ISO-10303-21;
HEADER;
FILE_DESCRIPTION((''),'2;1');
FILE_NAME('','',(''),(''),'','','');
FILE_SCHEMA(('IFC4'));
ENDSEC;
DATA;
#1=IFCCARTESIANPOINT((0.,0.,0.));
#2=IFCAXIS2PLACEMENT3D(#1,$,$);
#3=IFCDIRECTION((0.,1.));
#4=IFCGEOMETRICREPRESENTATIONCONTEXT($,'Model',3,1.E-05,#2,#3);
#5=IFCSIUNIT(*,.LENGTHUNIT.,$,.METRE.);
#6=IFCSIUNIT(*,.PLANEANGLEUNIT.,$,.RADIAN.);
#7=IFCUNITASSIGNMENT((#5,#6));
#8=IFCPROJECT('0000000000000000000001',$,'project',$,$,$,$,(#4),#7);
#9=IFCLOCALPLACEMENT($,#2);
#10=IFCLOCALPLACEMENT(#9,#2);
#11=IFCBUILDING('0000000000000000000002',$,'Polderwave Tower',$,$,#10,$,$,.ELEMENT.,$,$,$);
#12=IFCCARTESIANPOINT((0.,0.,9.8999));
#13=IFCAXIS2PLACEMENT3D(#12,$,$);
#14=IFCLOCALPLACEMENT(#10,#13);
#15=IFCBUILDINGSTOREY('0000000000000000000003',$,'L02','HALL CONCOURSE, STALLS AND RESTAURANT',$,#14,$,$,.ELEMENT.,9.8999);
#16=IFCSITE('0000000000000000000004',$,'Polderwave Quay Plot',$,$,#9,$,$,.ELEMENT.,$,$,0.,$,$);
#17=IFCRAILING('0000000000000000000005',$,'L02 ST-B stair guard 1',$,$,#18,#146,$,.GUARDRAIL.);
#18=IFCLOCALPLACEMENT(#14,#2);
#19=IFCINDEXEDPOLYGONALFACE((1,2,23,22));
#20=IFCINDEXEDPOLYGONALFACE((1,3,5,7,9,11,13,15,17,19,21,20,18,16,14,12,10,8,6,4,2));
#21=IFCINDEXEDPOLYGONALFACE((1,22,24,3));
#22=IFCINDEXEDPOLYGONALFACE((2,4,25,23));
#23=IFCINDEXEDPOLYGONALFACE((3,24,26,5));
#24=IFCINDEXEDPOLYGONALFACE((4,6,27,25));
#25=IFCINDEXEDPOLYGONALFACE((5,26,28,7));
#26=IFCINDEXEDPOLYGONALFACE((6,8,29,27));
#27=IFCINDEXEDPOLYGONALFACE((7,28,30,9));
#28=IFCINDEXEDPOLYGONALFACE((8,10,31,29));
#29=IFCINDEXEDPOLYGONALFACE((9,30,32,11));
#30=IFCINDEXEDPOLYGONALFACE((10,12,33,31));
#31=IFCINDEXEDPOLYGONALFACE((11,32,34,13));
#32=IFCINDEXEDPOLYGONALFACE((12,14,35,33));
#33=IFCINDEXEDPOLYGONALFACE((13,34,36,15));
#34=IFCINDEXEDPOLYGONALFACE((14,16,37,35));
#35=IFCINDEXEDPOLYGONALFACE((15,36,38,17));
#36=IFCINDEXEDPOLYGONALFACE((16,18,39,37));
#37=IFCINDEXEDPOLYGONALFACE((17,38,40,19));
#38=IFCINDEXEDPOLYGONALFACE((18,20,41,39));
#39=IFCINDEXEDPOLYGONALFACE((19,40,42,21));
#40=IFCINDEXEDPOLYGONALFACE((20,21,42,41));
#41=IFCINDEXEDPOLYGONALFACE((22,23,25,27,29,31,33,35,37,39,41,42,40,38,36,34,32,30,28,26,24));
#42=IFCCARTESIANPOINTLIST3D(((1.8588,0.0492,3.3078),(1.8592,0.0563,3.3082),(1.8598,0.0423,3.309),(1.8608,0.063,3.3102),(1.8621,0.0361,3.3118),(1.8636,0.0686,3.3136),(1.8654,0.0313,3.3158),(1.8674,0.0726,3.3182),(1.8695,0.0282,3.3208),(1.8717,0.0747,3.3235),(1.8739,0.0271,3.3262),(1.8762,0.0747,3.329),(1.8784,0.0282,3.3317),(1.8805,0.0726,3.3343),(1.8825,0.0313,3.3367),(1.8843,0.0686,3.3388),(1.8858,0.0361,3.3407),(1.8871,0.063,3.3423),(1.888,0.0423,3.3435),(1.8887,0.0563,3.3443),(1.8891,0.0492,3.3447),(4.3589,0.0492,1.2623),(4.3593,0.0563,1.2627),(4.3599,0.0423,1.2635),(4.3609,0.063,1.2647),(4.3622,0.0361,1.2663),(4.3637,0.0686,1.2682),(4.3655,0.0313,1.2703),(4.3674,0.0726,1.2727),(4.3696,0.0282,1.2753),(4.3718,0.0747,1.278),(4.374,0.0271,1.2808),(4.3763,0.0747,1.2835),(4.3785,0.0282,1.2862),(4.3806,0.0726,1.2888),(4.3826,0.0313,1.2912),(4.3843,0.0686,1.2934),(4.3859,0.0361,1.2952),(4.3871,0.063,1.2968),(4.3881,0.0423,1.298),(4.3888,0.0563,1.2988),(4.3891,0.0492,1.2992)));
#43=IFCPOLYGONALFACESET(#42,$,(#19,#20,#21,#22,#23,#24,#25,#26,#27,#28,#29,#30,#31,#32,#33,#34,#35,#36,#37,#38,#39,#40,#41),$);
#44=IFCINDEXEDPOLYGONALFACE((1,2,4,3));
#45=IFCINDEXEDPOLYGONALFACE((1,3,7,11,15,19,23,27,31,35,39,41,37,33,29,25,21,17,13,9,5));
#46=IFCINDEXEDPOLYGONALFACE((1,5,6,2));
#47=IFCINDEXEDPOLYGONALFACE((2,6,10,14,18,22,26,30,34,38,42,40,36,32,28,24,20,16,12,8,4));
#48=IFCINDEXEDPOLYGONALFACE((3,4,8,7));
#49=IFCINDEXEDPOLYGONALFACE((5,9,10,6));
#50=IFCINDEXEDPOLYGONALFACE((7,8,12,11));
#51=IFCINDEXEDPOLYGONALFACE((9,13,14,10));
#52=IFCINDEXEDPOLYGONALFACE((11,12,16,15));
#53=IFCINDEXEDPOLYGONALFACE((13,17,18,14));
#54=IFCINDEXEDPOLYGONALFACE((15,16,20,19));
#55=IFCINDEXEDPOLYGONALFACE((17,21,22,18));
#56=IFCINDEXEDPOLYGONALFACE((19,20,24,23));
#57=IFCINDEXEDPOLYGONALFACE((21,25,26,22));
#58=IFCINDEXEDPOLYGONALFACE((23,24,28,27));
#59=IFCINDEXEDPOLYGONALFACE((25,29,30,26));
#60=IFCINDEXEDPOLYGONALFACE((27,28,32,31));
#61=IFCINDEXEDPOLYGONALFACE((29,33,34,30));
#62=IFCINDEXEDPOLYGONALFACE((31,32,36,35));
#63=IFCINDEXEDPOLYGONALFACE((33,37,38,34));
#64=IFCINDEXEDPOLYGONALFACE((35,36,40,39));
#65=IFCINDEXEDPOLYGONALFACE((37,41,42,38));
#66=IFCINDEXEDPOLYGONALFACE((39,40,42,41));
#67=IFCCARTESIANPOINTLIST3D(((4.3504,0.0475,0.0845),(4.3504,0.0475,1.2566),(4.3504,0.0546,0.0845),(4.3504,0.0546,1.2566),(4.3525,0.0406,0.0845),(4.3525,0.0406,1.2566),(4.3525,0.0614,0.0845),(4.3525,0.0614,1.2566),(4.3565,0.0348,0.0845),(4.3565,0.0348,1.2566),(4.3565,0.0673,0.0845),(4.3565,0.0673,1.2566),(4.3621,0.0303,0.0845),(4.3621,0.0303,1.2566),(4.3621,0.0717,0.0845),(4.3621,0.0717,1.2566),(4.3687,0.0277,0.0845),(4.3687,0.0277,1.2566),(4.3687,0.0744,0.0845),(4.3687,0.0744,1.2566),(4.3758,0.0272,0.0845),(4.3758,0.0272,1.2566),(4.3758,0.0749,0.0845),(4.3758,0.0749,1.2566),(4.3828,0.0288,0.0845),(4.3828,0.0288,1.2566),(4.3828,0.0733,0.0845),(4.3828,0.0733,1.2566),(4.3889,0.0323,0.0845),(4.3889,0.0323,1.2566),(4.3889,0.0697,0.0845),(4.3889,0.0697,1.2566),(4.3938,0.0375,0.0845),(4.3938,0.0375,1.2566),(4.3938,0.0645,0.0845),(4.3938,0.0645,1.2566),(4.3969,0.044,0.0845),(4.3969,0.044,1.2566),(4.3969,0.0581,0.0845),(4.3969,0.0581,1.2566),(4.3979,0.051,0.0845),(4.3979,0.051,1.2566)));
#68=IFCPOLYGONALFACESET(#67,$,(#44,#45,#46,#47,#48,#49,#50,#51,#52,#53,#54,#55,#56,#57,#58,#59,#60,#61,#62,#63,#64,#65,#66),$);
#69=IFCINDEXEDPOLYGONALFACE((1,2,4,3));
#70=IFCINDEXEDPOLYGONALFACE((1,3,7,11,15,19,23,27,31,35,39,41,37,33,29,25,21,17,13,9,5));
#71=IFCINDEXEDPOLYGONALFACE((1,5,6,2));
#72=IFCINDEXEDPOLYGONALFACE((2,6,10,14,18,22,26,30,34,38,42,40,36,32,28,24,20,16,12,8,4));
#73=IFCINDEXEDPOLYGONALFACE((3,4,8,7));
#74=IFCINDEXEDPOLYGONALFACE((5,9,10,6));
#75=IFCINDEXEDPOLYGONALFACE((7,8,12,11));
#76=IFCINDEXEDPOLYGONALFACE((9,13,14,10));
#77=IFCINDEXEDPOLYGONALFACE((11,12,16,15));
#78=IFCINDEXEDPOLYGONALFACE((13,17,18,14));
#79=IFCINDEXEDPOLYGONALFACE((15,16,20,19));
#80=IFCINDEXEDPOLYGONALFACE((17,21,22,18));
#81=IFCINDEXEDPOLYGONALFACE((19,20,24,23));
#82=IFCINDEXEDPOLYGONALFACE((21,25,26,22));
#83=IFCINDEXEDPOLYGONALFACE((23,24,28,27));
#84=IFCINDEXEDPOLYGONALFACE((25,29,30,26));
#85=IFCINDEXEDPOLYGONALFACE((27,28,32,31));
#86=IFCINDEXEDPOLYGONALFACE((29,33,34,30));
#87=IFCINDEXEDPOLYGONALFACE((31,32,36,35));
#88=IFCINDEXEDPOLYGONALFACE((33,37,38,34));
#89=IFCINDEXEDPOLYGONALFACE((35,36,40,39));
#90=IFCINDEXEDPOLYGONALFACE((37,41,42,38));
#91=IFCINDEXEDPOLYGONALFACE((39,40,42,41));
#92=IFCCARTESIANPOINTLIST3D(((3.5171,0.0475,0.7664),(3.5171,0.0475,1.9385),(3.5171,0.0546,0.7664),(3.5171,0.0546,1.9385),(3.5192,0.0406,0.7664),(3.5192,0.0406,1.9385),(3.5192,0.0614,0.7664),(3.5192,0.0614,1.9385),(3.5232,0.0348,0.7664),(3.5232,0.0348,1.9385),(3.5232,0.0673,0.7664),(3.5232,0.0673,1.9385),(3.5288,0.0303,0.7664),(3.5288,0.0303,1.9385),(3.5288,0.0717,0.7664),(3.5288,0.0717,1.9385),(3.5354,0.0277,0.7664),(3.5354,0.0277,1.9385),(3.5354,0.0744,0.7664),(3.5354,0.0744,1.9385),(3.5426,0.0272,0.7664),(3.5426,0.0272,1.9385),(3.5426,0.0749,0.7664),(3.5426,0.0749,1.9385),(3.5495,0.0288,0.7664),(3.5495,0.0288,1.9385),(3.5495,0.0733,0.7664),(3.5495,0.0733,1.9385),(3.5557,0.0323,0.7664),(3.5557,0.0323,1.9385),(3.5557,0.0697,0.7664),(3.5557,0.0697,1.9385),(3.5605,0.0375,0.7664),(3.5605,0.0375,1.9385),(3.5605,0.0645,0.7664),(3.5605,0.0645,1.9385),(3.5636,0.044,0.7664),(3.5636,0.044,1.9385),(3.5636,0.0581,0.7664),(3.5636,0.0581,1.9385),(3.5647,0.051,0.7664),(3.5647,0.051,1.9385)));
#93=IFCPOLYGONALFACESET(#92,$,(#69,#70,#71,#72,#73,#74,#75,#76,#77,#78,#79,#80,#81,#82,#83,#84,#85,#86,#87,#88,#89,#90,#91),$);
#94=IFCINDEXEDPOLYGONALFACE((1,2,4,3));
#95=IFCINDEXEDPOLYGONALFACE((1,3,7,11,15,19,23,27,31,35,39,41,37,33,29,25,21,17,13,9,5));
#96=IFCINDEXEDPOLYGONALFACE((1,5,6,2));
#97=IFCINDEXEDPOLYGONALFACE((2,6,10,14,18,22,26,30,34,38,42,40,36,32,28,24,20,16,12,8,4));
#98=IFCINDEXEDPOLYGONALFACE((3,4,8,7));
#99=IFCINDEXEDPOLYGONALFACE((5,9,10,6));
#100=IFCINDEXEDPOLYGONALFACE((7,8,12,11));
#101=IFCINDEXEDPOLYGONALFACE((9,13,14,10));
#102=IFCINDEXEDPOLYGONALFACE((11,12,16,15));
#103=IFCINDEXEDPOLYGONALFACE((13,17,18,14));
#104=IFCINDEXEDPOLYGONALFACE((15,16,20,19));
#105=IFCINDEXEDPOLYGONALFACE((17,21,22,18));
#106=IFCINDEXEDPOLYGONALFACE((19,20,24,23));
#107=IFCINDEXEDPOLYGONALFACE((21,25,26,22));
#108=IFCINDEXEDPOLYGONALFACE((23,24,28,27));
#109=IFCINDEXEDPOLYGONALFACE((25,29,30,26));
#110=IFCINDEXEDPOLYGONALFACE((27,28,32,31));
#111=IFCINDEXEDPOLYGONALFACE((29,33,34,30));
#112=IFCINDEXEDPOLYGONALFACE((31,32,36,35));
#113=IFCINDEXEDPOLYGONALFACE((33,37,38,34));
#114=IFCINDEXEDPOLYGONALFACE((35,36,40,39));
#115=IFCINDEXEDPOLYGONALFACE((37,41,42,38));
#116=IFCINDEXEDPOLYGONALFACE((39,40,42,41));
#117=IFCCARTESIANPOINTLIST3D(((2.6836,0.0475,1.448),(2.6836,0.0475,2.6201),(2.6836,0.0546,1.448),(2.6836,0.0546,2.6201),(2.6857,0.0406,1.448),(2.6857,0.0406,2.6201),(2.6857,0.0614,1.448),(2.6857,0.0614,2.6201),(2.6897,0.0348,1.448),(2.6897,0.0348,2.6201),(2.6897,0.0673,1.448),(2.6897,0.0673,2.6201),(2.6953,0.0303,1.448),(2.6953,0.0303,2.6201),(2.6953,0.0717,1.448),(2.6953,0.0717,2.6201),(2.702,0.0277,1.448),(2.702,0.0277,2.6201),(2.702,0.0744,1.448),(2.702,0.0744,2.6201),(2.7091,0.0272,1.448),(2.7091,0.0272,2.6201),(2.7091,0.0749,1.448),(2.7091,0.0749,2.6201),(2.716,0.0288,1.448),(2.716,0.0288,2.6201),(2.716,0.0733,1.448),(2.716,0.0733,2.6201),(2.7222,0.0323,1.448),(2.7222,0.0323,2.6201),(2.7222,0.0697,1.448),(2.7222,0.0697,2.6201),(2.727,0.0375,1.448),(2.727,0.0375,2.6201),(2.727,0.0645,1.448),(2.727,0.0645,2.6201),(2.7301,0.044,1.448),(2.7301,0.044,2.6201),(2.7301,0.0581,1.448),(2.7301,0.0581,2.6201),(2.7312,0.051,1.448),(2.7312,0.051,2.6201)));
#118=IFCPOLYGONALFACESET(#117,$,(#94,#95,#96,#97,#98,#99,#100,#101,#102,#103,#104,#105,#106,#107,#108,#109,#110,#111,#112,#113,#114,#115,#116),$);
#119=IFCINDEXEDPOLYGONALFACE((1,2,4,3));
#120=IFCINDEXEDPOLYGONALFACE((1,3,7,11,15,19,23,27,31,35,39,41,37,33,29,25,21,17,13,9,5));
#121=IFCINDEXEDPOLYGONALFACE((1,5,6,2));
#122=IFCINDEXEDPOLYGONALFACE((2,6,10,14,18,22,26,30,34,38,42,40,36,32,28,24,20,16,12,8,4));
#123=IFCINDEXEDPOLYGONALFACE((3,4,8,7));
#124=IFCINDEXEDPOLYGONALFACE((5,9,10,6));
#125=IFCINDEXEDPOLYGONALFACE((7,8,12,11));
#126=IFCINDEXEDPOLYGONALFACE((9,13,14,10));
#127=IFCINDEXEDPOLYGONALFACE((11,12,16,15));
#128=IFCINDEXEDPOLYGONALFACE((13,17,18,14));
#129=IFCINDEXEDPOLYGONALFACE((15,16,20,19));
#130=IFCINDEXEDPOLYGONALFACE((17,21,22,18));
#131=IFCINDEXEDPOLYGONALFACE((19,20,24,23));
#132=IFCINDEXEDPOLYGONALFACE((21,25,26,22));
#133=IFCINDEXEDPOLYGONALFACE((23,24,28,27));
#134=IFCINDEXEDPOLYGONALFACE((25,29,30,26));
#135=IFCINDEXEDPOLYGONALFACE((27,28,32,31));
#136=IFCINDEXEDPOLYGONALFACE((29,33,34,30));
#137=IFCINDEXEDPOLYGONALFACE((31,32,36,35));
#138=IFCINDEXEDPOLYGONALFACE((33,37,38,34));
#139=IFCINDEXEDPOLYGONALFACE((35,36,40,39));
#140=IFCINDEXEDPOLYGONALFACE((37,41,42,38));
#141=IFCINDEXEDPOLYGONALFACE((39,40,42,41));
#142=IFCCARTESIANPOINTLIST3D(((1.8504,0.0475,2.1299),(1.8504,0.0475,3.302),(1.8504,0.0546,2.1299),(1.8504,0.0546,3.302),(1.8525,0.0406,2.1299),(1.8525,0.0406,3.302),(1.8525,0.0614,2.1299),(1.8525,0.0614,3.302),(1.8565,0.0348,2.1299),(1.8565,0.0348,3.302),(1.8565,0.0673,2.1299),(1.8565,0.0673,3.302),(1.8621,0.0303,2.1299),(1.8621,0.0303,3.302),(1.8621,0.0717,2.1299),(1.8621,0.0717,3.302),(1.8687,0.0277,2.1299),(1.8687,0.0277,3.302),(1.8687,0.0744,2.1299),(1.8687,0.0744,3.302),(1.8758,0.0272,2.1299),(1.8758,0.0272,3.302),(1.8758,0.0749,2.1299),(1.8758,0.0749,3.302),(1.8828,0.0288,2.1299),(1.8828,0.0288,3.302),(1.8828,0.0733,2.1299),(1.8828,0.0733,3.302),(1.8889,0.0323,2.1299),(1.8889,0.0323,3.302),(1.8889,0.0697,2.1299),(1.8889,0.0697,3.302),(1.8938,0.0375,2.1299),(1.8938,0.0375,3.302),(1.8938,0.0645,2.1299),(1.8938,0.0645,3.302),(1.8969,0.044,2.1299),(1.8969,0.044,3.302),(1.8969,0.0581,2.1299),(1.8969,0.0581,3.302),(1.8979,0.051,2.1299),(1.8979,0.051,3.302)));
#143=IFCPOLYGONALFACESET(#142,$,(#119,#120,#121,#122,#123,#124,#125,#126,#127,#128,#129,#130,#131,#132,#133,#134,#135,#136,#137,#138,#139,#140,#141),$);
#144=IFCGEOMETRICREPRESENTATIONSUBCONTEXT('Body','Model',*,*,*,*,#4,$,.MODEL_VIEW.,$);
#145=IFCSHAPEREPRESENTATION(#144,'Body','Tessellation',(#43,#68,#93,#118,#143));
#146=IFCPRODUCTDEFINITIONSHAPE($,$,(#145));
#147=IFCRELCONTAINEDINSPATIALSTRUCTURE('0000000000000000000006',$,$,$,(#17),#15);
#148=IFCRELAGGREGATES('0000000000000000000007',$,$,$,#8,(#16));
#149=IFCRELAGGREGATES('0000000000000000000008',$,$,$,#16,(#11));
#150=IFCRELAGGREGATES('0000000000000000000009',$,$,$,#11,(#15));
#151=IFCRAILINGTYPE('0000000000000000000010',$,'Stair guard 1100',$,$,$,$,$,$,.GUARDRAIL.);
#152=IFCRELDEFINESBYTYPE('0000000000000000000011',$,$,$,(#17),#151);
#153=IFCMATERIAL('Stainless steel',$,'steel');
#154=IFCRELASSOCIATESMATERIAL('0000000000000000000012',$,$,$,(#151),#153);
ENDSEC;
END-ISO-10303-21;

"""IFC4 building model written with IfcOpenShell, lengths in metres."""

from ifc_helpers import new_model, si_unit, direction, frame, origin, origin_2d, place, context, subcontext, project, spatial, circle, extrude, material, type_object, element, save


model = new_model("IFC4")

# Units and contexts
model_context = context("Model", 3, precision=1e-05, world=origin(), true_north=direction((0.0, 1.0)))
body_context = subcontext(model_context, "Body", "Model", "MODEL_VIEW")
ifc_project = project(units=[si_unit("LENGTHUNIT", "METRE"), si_unit("PLANEANGLEUNIT", "RADIAN")], contexts=[model_context])

# Site, building, storey
site_placement = place(None, origin())
site = spatial("IfcSite", under=ifc_project, at=site_placement, Name="Polderwave Quay Plot", CompositionType="ELEMENT", RefElevation=0.0)
building_placement = place(site_placement, origin())
building = spatial("IfcBuilding", under=site, at=building_placement, Name="Polderwave Tower", CompositionType="ELEMENT")
storey_placement = place(building_placement, frame((0.0, 0.0, 9.8999)))
storey = spatial("IfcBuildingStorey", under=building, at=storey_placement, Name="L02", Description="HALL CONCOURSE, STALLS AND RESTAURANT", CompositionType="ELEMENT", Elevation=9.8999)

# Railing
ifc_material_1 = material(Name="Stainless steel", Category="steel")
railing_type_1 = type_object("IfcRailingType", Name="Stair guard 1100", PredefinedType="GUARDRAIL", material=ifc_material_1)
railing_1_placement = place(storey_placement, frame((4.374, 0.051, 0.0845)))
element("IfcRailing", 1, at=railing_1_placement, inside=storey, type_object=railing_type_1, Name="L02 ST-B stair guard 1", PredefinedType="GUARDRAIL", context=body_context, shape_type="SweptSolid", body=[
    extrude(circle(Radius=0.0239, at=origin_2d()), frame((0.0, 0.0, 1.1963), z_axis=(-0.773964, 0.0, 0.63323), x_axis=(0.0, -1.0, 0.0)), (0.0, 0.0, 1.0), 3.2302),
    extrude(circle(Radius=0.0239, at=origin_2d()), origin(), (0.0, 0.0, 1.0), 1.1721),
    extrude(circle(Radius=0.0239, at=origin_2d()), frame((-0.8333, 0.0, 0.6819)), (0.0, 0.0, 1.0), 1.1721),
    extrude(circle(Radius=0.0239, at=origin_2d()), frame((-1.6667, 0.0, 1.3635)), (0.0, 0.0, 1.0), 1.1721),
    extrude(circle(Radius=0.0239, at=origin_2d()), frame((-2.5, 0.0, 2.0454)), (0.0, 0.0, 1.0), 1.1721),
])

save(model, "model.ifc")
